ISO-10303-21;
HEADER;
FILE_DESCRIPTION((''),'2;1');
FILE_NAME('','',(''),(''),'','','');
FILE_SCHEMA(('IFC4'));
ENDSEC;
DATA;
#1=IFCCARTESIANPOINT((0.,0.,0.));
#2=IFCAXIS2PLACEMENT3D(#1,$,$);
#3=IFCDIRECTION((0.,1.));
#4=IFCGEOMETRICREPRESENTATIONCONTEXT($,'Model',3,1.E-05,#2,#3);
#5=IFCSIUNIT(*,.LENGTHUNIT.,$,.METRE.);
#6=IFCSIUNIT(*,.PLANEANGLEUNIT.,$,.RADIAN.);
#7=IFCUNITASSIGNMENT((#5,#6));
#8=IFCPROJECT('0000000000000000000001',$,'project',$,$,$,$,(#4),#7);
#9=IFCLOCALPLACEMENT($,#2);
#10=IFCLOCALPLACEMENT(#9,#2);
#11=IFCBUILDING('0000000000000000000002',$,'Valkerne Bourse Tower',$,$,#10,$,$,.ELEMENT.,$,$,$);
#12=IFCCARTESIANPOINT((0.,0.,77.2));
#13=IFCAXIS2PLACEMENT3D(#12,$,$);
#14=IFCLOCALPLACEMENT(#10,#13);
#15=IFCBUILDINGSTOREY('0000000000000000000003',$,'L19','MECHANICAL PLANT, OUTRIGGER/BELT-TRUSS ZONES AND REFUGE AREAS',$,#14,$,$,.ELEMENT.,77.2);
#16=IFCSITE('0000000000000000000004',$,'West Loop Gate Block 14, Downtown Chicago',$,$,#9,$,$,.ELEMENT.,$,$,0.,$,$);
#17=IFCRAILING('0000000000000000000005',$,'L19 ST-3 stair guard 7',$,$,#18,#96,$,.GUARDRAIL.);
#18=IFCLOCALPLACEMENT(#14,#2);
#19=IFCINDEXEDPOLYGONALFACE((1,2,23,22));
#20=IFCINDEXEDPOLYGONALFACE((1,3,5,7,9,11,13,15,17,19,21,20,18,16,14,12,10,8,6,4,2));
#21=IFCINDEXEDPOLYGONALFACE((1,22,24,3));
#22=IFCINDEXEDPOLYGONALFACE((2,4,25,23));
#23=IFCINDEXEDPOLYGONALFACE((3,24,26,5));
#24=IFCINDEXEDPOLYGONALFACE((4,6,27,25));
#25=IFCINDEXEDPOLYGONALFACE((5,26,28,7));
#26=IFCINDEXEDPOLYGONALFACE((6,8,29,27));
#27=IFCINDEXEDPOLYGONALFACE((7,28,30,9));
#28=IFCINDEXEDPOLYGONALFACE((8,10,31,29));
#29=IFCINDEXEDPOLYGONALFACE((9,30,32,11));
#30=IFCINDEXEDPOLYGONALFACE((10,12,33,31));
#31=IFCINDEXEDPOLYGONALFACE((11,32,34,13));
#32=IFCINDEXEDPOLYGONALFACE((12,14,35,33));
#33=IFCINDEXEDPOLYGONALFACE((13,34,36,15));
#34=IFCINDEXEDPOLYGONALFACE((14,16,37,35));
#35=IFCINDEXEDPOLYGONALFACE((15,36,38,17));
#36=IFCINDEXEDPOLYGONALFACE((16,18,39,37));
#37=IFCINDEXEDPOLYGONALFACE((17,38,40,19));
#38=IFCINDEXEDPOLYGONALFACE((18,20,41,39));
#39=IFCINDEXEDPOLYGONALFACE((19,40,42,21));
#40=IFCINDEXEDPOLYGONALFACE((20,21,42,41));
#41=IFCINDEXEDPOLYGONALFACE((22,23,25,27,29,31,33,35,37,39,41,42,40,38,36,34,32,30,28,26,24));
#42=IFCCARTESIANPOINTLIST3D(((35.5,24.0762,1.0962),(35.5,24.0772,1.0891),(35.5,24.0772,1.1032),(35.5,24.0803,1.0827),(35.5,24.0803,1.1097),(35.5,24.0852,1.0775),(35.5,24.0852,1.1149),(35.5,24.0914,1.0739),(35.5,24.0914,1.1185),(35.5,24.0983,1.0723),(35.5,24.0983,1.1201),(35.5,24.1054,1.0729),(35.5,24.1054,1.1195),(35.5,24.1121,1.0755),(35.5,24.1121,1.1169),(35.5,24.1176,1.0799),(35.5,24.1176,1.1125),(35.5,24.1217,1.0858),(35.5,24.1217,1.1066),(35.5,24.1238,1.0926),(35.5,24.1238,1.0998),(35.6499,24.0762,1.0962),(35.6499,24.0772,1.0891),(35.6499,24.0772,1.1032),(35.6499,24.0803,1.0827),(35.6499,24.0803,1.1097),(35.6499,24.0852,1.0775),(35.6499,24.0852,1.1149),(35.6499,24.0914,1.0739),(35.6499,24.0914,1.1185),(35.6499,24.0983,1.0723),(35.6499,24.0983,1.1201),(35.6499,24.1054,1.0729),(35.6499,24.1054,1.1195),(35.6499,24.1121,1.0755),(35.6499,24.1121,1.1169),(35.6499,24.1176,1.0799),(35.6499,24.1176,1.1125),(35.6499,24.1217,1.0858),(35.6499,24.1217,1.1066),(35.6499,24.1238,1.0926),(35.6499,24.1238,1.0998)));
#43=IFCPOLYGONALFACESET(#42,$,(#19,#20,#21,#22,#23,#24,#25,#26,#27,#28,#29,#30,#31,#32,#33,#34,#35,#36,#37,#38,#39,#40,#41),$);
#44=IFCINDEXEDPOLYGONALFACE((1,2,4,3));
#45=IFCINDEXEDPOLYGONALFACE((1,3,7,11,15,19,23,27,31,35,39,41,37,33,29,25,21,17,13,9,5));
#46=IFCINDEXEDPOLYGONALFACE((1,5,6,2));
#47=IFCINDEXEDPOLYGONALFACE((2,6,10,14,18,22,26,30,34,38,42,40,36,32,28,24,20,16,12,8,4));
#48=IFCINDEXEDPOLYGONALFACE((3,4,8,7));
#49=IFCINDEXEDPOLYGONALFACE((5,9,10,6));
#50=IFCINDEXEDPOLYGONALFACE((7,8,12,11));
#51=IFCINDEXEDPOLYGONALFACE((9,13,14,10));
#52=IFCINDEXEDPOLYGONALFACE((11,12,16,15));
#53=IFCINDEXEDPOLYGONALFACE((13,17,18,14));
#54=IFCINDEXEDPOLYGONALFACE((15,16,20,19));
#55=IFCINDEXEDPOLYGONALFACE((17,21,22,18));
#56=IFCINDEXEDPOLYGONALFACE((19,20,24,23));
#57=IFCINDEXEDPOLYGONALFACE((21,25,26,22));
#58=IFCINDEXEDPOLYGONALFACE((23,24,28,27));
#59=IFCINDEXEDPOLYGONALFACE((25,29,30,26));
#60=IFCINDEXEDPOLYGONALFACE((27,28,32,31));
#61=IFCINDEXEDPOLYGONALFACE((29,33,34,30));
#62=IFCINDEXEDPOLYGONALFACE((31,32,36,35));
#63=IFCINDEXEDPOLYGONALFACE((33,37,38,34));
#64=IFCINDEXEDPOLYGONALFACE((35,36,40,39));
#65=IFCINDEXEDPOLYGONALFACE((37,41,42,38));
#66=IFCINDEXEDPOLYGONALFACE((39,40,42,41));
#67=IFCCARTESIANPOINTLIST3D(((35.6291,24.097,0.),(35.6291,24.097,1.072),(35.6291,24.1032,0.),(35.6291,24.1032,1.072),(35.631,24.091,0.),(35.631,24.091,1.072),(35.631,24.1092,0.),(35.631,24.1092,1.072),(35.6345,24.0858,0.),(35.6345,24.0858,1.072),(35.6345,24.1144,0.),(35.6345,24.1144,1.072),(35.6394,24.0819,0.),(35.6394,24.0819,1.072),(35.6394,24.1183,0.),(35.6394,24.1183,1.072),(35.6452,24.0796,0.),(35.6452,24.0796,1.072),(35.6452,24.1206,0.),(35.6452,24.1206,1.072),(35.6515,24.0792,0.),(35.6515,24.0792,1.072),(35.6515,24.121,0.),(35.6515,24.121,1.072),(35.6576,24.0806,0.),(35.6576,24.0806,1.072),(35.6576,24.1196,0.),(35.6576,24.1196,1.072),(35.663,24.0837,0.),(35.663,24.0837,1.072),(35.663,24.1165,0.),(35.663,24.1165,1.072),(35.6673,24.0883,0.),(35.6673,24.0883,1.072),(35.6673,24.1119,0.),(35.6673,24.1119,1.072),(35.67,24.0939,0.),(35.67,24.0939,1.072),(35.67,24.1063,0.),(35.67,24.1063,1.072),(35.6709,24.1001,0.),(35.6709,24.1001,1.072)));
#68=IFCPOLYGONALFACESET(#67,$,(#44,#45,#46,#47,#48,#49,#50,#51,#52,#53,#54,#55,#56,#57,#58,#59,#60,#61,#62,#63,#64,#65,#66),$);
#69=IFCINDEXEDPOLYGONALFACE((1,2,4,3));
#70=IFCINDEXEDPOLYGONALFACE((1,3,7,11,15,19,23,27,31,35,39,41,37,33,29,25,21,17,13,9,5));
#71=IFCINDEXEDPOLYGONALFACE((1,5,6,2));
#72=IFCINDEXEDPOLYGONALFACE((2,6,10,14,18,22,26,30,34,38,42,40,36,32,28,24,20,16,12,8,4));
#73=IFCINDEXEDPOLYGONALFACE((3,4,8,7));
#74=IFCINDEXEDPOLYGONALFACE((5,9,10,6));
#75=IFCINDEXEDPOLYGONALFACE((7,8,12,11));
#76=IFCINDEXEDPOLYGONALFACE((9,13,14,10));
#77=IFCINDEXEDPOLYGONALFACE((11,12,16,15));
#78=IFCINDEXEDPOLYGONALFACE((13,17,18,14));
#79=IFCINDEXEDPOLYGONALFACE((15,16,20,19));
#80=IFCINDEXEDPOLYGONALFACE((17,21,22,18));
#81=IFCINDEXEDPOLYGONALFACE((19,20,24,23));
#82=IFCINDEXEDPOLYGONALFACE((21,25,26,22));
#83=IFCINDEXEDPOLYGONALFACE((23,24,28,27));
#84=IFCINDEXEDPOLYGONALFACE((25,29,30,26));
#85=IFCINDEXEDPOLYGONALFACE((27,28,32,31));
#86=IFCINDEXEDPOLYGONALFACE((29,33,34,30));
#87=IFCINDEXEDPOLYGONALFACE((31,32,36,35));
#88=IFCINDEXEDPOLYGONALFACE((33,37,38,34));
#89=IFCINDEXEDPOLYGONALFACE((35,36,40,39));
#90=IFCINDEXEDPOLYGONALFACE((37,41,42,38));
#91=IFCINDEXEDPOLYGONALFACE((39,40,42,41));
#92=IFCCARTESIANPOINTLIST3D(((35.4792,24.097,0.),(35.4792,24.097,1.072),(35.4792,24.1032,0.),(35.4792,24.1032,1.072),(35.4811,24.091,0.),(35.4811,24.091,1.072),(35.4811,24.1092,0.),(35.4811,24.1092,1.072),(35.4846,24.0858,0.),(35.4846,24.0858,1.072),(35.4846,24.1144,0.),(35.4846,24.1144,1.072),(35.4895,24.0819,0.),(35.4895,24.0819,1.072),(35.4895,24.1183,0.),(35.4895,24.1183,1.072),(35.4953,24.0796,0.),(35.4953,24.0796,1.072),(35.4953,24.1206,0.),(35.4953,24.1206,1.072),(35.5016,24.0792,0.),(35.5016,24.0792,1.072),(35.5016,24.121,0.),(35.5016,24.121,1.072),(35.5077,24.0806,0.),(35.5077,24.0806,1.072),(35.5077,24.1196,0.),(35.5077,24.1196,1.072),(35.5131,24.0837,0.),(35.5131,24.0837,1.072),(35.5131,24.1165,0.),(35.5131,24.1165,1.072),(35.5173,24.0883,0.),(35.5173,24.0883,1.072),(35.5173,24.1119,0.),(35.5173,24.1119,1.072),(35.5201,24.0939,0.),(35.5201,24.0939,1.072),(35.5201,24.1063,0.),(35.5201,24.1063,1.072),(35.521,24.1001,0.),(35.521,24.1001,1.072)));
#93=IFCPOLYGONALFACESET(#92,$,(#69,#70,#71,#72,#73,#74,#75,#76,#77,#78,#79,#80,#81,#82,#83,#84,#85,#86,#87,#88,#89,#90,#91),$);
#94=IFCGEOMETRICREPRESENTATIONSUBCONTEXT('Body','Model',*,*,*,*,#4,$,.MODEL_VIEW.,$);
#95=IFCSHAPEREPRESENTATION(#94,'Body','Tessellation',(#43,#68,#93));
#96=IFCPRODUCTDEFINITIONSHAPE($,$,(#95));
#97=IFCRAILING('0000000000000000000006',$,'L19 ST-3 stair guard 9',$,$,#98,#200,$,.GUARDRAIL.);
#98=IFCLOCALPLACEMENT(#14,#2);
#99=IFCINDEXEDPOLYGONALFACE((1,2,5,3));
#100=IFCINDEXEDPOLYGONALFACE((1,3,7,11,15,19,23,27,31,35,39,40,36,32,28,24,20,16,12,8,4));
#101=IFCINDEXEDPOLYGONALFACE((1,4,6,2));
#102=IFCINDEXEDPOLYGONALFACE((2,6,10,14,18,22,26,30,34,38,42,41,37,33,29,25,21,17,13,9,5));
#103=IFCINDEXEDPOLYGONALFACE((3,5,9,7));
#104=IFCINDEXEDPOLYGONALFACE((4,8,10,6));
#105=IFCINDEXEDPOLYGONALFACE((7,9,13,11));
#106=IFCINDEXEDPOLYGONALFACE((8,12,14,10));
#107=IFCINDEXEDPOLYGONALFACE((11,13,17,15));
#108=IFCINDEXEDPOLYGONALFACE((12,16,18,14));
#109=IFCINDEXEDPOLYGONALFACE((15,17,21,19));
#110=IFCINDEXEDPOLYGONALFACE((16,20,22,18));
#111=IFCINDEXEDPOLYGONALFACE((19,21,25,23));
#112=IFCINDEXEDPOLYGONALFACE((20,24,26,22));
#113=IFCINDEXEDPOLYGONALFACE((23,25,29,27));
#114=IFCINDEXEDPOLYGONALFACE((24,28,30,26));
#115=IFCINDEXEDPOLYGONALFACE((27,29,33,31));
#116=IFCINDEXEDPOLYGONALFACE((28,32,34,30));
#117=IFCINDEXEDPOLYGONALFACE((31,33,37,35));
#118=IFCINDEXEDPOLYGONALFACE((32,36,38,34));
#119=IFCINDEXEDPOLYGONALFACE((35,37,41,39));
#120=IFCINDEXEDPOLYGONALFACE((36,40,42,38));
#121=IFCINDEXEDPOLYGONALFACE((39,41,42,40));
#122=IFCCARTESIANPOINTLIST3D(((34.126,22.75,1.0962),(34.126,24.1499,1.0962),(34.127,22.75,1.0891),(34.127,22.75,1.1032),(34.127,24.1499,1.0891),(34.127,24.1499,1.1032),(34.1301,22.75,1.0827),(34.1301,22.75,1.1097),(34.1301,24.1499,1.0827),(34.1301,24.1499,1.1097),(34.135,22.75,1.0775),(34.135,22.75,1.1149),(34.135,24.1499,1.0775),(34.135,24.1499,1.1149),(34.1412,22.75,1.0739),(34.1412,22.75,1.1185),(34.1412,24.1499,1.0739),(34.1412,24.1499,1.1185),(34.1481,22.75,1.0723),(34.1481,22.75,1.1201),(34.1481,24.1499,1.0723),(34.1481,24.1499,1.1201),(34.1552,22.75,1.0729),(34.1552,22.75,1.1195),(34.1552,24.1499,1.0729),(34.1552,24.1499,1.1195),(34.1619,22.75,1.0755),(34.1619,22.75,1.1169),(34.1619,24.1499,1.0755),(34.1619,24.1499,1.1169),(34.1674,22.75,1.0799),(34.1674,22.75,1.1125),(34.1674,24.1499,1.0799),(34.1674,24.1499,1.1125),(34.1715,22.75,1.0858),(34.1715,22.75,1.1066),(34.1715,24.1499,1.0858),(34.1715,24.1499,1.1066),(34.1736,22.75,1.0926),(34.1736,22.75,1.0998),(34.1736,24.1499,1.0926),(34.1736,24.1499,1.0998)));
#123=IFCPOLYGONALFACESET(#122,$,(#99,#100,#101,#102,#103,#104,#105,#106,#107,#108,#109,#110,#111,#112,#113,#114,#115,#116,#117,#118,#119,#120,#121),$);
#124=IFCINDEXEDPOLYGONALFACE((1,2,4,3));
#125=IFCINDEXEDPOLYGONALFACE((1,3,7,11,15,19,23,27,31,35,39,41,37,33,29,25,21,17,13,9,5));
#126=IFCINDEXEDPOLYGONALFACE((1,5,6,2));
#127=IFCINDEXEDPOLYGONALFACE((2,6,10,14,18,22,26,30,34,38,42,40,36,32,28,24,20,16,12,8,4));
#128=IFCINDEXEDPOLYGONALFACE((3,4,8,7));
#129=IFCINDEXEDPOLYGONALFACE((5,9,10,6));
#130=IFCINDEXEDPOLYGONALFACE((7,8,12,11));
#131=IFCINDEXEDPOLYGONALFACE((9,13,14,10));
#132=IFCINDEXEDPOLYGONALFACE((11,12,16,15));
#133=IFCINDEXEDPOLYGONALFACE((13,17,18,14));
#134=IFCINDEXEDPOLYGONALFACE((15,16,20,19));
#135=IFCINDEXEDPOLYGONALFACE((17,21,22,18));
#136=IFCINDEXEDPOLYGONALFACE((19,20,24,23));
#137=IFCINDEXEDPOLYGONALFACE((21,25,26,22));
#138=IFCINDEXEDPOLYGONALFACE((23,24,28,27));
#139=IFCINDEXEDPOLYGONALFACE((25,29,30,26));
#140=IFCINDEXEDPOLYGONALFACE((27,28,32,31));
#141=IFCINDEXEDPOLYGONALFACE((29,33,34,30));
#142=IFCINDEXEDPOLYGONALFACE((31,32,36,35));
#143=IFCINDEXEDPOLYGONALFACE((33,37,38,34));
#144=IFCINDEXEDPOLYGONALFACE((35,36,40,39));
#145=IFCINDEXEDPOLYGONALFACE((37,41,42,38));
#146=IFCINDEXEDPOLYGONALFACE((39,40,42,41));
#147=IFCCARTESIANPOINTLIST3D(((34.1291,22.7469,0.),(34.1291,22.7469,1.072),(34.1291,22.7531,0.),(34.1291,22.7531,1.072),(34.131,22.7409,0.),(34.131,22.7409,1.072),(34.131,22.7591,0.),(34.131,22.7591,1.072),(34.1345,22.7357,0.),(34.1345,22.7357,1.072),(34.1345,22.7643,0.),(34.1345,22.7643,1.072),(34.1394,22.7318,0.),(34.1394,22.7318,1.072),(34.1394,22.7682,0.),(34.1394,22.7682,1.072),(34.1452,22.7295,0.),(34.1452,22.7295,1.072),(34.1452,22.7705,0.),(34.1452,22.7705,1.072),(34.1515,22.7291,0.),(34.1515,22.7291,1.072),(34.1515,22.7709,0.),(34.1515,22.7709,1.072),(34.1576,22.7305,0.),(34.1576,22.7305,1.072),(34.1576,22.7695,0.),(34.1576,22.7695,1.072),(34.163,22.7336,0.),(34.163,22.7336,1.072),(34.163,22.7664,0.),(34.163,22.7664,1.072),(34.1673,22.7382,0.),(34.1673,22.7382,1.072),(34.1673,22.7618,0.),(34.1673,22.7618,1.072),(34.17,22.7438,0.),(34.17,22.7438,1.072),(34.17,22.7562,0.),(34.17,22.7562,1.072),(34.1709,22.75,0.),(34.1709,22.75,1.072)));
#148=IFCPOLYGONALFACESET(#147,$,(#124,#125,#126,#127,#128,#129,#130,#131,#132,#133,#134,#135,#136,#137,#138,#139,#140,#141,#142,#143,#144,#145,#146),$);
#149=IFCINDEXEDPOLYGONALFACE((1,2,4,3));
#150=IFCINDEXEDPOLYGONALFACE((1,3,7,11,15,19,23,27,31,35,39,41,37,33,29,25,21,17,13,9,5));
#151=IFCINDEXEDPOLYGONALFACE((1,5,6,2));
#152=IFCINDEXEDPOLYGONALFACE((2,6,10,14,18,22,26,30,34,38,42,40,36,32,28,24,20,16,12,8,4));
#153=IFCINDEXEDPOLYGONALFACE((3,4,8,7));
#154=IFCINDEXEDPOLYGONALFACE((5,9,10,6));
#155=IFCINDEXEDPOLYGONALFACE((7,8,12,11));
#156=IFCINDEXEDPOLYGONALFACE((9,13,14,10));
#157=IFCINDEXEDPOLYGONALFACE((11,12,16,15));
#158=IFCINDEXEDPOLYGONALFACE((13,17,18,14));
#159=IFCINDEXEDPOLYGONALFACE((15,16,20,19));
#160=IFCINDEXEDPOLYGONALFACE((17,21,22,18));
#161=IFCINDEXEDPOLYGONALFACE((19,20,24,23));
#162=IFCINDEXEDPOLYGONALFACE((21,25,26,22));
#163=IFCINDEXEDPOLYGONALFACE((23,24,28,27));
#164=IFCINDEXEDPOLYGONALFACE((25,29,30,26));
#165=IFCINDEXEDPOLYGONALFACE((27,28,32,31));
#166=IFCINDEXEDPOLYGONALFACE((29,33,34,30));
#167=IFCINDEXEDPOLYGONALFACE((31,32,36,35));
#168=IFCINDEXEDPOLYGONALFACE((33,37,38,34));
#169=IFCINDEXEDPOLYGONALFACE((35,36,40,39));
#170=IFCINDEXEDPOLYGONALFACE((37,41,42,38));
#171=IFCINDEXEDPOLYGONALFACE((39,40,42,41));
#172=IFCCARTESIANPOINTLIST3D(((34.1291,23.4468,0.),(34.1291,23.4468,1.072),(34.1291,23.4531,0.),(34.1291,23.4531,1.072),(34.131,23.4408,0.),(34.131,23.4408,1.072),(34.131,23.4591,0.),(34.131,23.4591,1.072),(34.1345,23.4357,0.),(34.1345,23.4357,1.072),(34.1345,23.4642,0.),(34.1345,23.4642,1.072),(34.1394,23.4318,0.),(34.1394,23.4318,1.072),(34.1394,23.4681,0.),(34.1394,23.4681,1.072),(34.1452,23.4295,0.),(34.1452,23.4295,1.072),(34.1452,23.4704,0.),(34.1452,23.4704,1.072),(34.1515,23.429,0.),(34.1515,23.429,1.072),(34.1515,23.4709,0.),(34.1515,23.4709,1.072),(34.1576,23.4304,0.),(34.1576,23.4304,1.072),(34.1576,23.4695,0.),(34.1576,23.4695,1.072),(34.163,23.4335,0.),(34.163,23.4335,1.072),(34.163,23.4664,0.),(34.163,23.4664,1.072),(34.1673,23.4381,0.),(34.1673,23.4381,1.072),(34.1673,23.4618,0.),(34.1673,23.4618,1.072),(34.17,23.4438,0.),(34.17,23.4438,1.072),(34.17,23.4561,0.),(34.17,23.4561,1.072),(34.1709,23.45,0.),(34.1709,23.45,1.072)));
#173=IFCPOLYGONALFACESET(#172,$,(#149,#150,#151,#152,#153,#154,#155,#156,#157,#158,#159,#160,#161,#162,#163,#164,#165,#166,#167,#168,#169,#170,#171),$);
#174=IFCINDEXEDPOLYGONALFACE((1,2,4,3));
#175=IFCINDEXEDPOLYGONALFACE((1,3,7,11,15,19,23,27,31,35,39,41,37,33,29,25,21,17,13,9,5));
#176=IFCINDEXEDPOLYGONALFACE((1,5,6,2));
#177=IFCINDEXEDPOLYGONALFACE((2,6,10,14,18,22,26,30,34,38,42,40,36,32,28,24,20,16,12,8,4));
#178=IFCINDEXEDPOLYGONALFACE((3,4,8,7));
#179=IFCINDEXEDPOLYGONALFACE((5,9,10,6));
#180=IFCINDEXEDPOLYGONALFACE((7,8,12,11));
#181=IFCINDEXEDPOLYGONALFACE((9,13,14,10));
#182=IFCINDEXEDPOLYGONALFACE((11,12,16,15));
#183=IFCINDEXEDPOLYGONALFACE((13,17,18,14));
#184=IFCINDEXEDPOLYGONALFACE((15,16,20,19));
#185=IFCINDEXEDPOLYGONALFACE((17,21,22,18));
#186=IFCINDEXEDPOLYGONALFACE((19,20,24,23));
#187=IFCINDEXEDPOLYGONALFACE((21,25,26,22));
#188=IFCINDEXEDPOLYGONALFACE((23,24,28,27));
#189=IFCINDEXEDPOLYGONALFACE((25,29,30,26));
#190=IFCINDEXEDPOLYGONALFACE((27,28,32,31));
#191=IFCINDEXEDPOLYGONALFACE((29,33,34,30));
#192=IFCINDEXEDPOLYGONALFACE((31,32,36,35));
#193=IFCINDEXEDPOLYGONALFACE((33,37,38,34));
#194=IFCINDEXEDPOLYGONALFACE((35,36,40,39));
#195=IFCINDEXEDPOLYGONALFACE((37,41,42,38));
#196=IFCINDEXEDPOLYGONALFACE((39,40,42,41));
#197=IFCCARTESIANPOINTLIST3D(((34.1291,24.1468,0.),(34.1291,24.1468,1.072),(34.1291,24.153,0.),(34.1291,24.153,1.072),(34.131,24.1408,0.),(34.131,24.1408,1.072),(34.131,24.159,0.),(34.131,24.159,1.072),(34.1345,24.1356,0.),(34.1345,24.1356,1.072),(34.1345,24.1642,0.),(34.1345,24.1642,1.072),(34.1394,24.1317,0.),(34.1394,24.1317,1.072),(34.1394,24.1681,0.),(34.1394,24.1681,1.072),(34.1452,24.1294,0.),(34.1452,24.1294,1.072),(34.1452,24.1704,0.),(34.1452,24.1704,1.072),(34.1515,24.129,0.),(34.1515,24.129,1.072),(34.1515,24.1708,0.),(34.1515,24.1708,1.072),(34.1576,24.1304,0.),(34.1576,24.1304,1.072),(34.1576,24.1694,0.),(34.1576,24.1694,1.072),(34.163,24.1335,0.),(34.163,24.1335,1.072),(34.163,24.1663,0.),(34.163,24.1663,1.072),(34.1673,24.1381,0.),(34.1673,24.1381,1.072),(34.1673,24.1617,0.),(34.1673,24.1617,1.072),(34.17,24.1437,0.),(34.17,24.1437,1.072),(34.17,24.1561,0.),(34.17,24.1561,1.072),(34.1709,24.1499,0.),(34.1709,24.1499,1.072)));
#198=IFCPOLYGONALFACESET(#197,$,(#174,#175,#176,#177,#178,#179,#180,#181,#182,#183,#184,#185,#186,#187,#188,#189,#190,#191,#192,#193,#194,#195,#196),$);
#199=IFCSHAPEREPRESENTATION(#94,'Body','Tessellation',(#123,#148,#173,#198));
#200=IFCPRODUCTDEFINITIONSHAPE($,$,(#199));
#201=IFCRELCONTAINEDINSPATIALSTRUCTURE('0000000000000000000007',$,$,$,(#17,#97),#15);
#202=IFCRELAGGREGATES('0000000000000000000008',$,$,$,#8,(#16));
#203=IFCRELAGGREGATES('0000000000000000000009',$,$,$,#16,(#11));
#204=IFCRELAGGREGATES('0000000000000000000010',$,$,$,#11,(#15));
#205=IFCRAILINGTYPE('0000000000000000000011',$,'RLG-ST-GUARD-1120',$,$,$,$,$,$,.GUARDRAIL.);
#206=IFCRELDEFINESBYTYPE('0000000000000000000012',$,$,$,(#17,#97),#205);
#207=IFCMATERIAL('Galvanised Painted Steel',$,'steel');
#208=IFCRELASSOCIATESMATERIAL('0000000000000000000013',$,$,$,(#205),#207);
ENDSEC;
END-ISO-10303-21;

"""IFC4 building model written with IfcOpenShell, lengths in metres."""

from ifc_helpers import new_model, si_unit, direction, frame, origin, origin_2d, place, context, subcontext, project, spatial, circle, extrude, material, type_object, element, save


model = new_model("IFC4")

# Units and contexts
model_context = context("Model", 3, precision=1e-05, world=origin(), true_north=direction((0.0, 1.0)))
body_context = subcontext(model_context, "Body", "Model", "MODEL_VIEW")
ifc_project = project(units=[si_unit("LENGTHUNIT", "METRE"), si_unit("PLANEANGLEUNIT", "RADIAN")], contexts=[model_context])

# Site, building, storey
site_placement = place(None, origin())
site = spatial("IfcSite", under=ifc_project, at=site_placement, Name="West Loop Gate Block 14, Downtown Chicago", CompositionType="ELEMENT", RefElevation=0.0)
building_placement = place(site_placement, origin())
building = spatial("IfcBuilding", under=site, at=building_placement, Name="Valkerne Bourse Tower", CompositionType="ELEMENT")
storey_placement = place(building_placement, frame((0.0, 0.0, 77.2)))
storey = spatial("IfcBuildingStorey", under=building, at=storey_placement, Name="L19", Description="MECHANICAL PLANT, OUTRIGGER/BELT-TRUSS ZONES AND REFUGE AREAS", CompositionType="ELEMENT", Elevation=77.2)

# Shared definitions
ifc_material_1 = material(Name="Galvanised Painted Steel", Category="steel")

# Railings
railing_type_1 = type_object("IfcRailingType", Name="RLG-ST-GUARD-1120", PredefinedType="GUARDRAIL", material=ifc_material_1)
railing_1_placement = place(storey_placement, frame((35.6499, 24.1001, 0.0)))
element("IfcRailing", 1, at=railing_1_placement, inside=storey, type_object=railing_type_1, Name="L19 ST-3 stair guard 7", PredefinedType="GUARDRAIL", context=body_context, shape_type="SweptSolid", body=[
    extrude(circle(Radius=0.0239, at=origin_2d()), frame((0.0, 0.0, 1.0962), z_axis=(-1.0, 0.0, 0.0), x_axis=(0.0, -1.0, 0.0)), (0.0, 0.0, 1.0), 0.1499),
    extrude(circle(Radius=0.021, at=origin_2d()), origin(), (0.0, 0.0, 1.0), 1.072),
    extrude(circle(Radius=0.021, at=origin_2d()), frame((-0.1499, 0.0, 0.0)), (0.0, 0.0, 1.0), 1.072),
])
railing_2_placement = place(storey_placement, frame((34.1499, 22.75, 0.0)))
element("IfcRailing", 2, at=railing_2_placement, inside=storey, type_object=railing_type_1, Name="L19 ST-3 stair guard 9", PredefinedType="GUARDRAIL", context=body_context, shape_type="SweptSolid", body=[
    extrude(circle(Radius=0.0239, at=origin_2d()), frame((0.0, 0.0, 1.0962), z_axis=(0.0, 1.0, 0.0), x_axis=(-1.0, 0.0, 0.0)), (0.0, 0.0, 1.0), 1.3999),
    extrude(circle(Radius=0.021, at=origin_2d()), origin(), (0.0, 0.0, 1.0), 1.072),
    extrude(circle(Radius=0.021, at=origin_2d()), frame((0.0, 0.7, 0.0)), (0.0, 0.0, 1.0), 1.072),
    extrude(circle(Radius=0.021, at=origin_2d()), frame((0.0, 1.3999, 0.0)), (0.0, 0.0, 1.0), 1.072),
])

save(model, "model.ifc")
